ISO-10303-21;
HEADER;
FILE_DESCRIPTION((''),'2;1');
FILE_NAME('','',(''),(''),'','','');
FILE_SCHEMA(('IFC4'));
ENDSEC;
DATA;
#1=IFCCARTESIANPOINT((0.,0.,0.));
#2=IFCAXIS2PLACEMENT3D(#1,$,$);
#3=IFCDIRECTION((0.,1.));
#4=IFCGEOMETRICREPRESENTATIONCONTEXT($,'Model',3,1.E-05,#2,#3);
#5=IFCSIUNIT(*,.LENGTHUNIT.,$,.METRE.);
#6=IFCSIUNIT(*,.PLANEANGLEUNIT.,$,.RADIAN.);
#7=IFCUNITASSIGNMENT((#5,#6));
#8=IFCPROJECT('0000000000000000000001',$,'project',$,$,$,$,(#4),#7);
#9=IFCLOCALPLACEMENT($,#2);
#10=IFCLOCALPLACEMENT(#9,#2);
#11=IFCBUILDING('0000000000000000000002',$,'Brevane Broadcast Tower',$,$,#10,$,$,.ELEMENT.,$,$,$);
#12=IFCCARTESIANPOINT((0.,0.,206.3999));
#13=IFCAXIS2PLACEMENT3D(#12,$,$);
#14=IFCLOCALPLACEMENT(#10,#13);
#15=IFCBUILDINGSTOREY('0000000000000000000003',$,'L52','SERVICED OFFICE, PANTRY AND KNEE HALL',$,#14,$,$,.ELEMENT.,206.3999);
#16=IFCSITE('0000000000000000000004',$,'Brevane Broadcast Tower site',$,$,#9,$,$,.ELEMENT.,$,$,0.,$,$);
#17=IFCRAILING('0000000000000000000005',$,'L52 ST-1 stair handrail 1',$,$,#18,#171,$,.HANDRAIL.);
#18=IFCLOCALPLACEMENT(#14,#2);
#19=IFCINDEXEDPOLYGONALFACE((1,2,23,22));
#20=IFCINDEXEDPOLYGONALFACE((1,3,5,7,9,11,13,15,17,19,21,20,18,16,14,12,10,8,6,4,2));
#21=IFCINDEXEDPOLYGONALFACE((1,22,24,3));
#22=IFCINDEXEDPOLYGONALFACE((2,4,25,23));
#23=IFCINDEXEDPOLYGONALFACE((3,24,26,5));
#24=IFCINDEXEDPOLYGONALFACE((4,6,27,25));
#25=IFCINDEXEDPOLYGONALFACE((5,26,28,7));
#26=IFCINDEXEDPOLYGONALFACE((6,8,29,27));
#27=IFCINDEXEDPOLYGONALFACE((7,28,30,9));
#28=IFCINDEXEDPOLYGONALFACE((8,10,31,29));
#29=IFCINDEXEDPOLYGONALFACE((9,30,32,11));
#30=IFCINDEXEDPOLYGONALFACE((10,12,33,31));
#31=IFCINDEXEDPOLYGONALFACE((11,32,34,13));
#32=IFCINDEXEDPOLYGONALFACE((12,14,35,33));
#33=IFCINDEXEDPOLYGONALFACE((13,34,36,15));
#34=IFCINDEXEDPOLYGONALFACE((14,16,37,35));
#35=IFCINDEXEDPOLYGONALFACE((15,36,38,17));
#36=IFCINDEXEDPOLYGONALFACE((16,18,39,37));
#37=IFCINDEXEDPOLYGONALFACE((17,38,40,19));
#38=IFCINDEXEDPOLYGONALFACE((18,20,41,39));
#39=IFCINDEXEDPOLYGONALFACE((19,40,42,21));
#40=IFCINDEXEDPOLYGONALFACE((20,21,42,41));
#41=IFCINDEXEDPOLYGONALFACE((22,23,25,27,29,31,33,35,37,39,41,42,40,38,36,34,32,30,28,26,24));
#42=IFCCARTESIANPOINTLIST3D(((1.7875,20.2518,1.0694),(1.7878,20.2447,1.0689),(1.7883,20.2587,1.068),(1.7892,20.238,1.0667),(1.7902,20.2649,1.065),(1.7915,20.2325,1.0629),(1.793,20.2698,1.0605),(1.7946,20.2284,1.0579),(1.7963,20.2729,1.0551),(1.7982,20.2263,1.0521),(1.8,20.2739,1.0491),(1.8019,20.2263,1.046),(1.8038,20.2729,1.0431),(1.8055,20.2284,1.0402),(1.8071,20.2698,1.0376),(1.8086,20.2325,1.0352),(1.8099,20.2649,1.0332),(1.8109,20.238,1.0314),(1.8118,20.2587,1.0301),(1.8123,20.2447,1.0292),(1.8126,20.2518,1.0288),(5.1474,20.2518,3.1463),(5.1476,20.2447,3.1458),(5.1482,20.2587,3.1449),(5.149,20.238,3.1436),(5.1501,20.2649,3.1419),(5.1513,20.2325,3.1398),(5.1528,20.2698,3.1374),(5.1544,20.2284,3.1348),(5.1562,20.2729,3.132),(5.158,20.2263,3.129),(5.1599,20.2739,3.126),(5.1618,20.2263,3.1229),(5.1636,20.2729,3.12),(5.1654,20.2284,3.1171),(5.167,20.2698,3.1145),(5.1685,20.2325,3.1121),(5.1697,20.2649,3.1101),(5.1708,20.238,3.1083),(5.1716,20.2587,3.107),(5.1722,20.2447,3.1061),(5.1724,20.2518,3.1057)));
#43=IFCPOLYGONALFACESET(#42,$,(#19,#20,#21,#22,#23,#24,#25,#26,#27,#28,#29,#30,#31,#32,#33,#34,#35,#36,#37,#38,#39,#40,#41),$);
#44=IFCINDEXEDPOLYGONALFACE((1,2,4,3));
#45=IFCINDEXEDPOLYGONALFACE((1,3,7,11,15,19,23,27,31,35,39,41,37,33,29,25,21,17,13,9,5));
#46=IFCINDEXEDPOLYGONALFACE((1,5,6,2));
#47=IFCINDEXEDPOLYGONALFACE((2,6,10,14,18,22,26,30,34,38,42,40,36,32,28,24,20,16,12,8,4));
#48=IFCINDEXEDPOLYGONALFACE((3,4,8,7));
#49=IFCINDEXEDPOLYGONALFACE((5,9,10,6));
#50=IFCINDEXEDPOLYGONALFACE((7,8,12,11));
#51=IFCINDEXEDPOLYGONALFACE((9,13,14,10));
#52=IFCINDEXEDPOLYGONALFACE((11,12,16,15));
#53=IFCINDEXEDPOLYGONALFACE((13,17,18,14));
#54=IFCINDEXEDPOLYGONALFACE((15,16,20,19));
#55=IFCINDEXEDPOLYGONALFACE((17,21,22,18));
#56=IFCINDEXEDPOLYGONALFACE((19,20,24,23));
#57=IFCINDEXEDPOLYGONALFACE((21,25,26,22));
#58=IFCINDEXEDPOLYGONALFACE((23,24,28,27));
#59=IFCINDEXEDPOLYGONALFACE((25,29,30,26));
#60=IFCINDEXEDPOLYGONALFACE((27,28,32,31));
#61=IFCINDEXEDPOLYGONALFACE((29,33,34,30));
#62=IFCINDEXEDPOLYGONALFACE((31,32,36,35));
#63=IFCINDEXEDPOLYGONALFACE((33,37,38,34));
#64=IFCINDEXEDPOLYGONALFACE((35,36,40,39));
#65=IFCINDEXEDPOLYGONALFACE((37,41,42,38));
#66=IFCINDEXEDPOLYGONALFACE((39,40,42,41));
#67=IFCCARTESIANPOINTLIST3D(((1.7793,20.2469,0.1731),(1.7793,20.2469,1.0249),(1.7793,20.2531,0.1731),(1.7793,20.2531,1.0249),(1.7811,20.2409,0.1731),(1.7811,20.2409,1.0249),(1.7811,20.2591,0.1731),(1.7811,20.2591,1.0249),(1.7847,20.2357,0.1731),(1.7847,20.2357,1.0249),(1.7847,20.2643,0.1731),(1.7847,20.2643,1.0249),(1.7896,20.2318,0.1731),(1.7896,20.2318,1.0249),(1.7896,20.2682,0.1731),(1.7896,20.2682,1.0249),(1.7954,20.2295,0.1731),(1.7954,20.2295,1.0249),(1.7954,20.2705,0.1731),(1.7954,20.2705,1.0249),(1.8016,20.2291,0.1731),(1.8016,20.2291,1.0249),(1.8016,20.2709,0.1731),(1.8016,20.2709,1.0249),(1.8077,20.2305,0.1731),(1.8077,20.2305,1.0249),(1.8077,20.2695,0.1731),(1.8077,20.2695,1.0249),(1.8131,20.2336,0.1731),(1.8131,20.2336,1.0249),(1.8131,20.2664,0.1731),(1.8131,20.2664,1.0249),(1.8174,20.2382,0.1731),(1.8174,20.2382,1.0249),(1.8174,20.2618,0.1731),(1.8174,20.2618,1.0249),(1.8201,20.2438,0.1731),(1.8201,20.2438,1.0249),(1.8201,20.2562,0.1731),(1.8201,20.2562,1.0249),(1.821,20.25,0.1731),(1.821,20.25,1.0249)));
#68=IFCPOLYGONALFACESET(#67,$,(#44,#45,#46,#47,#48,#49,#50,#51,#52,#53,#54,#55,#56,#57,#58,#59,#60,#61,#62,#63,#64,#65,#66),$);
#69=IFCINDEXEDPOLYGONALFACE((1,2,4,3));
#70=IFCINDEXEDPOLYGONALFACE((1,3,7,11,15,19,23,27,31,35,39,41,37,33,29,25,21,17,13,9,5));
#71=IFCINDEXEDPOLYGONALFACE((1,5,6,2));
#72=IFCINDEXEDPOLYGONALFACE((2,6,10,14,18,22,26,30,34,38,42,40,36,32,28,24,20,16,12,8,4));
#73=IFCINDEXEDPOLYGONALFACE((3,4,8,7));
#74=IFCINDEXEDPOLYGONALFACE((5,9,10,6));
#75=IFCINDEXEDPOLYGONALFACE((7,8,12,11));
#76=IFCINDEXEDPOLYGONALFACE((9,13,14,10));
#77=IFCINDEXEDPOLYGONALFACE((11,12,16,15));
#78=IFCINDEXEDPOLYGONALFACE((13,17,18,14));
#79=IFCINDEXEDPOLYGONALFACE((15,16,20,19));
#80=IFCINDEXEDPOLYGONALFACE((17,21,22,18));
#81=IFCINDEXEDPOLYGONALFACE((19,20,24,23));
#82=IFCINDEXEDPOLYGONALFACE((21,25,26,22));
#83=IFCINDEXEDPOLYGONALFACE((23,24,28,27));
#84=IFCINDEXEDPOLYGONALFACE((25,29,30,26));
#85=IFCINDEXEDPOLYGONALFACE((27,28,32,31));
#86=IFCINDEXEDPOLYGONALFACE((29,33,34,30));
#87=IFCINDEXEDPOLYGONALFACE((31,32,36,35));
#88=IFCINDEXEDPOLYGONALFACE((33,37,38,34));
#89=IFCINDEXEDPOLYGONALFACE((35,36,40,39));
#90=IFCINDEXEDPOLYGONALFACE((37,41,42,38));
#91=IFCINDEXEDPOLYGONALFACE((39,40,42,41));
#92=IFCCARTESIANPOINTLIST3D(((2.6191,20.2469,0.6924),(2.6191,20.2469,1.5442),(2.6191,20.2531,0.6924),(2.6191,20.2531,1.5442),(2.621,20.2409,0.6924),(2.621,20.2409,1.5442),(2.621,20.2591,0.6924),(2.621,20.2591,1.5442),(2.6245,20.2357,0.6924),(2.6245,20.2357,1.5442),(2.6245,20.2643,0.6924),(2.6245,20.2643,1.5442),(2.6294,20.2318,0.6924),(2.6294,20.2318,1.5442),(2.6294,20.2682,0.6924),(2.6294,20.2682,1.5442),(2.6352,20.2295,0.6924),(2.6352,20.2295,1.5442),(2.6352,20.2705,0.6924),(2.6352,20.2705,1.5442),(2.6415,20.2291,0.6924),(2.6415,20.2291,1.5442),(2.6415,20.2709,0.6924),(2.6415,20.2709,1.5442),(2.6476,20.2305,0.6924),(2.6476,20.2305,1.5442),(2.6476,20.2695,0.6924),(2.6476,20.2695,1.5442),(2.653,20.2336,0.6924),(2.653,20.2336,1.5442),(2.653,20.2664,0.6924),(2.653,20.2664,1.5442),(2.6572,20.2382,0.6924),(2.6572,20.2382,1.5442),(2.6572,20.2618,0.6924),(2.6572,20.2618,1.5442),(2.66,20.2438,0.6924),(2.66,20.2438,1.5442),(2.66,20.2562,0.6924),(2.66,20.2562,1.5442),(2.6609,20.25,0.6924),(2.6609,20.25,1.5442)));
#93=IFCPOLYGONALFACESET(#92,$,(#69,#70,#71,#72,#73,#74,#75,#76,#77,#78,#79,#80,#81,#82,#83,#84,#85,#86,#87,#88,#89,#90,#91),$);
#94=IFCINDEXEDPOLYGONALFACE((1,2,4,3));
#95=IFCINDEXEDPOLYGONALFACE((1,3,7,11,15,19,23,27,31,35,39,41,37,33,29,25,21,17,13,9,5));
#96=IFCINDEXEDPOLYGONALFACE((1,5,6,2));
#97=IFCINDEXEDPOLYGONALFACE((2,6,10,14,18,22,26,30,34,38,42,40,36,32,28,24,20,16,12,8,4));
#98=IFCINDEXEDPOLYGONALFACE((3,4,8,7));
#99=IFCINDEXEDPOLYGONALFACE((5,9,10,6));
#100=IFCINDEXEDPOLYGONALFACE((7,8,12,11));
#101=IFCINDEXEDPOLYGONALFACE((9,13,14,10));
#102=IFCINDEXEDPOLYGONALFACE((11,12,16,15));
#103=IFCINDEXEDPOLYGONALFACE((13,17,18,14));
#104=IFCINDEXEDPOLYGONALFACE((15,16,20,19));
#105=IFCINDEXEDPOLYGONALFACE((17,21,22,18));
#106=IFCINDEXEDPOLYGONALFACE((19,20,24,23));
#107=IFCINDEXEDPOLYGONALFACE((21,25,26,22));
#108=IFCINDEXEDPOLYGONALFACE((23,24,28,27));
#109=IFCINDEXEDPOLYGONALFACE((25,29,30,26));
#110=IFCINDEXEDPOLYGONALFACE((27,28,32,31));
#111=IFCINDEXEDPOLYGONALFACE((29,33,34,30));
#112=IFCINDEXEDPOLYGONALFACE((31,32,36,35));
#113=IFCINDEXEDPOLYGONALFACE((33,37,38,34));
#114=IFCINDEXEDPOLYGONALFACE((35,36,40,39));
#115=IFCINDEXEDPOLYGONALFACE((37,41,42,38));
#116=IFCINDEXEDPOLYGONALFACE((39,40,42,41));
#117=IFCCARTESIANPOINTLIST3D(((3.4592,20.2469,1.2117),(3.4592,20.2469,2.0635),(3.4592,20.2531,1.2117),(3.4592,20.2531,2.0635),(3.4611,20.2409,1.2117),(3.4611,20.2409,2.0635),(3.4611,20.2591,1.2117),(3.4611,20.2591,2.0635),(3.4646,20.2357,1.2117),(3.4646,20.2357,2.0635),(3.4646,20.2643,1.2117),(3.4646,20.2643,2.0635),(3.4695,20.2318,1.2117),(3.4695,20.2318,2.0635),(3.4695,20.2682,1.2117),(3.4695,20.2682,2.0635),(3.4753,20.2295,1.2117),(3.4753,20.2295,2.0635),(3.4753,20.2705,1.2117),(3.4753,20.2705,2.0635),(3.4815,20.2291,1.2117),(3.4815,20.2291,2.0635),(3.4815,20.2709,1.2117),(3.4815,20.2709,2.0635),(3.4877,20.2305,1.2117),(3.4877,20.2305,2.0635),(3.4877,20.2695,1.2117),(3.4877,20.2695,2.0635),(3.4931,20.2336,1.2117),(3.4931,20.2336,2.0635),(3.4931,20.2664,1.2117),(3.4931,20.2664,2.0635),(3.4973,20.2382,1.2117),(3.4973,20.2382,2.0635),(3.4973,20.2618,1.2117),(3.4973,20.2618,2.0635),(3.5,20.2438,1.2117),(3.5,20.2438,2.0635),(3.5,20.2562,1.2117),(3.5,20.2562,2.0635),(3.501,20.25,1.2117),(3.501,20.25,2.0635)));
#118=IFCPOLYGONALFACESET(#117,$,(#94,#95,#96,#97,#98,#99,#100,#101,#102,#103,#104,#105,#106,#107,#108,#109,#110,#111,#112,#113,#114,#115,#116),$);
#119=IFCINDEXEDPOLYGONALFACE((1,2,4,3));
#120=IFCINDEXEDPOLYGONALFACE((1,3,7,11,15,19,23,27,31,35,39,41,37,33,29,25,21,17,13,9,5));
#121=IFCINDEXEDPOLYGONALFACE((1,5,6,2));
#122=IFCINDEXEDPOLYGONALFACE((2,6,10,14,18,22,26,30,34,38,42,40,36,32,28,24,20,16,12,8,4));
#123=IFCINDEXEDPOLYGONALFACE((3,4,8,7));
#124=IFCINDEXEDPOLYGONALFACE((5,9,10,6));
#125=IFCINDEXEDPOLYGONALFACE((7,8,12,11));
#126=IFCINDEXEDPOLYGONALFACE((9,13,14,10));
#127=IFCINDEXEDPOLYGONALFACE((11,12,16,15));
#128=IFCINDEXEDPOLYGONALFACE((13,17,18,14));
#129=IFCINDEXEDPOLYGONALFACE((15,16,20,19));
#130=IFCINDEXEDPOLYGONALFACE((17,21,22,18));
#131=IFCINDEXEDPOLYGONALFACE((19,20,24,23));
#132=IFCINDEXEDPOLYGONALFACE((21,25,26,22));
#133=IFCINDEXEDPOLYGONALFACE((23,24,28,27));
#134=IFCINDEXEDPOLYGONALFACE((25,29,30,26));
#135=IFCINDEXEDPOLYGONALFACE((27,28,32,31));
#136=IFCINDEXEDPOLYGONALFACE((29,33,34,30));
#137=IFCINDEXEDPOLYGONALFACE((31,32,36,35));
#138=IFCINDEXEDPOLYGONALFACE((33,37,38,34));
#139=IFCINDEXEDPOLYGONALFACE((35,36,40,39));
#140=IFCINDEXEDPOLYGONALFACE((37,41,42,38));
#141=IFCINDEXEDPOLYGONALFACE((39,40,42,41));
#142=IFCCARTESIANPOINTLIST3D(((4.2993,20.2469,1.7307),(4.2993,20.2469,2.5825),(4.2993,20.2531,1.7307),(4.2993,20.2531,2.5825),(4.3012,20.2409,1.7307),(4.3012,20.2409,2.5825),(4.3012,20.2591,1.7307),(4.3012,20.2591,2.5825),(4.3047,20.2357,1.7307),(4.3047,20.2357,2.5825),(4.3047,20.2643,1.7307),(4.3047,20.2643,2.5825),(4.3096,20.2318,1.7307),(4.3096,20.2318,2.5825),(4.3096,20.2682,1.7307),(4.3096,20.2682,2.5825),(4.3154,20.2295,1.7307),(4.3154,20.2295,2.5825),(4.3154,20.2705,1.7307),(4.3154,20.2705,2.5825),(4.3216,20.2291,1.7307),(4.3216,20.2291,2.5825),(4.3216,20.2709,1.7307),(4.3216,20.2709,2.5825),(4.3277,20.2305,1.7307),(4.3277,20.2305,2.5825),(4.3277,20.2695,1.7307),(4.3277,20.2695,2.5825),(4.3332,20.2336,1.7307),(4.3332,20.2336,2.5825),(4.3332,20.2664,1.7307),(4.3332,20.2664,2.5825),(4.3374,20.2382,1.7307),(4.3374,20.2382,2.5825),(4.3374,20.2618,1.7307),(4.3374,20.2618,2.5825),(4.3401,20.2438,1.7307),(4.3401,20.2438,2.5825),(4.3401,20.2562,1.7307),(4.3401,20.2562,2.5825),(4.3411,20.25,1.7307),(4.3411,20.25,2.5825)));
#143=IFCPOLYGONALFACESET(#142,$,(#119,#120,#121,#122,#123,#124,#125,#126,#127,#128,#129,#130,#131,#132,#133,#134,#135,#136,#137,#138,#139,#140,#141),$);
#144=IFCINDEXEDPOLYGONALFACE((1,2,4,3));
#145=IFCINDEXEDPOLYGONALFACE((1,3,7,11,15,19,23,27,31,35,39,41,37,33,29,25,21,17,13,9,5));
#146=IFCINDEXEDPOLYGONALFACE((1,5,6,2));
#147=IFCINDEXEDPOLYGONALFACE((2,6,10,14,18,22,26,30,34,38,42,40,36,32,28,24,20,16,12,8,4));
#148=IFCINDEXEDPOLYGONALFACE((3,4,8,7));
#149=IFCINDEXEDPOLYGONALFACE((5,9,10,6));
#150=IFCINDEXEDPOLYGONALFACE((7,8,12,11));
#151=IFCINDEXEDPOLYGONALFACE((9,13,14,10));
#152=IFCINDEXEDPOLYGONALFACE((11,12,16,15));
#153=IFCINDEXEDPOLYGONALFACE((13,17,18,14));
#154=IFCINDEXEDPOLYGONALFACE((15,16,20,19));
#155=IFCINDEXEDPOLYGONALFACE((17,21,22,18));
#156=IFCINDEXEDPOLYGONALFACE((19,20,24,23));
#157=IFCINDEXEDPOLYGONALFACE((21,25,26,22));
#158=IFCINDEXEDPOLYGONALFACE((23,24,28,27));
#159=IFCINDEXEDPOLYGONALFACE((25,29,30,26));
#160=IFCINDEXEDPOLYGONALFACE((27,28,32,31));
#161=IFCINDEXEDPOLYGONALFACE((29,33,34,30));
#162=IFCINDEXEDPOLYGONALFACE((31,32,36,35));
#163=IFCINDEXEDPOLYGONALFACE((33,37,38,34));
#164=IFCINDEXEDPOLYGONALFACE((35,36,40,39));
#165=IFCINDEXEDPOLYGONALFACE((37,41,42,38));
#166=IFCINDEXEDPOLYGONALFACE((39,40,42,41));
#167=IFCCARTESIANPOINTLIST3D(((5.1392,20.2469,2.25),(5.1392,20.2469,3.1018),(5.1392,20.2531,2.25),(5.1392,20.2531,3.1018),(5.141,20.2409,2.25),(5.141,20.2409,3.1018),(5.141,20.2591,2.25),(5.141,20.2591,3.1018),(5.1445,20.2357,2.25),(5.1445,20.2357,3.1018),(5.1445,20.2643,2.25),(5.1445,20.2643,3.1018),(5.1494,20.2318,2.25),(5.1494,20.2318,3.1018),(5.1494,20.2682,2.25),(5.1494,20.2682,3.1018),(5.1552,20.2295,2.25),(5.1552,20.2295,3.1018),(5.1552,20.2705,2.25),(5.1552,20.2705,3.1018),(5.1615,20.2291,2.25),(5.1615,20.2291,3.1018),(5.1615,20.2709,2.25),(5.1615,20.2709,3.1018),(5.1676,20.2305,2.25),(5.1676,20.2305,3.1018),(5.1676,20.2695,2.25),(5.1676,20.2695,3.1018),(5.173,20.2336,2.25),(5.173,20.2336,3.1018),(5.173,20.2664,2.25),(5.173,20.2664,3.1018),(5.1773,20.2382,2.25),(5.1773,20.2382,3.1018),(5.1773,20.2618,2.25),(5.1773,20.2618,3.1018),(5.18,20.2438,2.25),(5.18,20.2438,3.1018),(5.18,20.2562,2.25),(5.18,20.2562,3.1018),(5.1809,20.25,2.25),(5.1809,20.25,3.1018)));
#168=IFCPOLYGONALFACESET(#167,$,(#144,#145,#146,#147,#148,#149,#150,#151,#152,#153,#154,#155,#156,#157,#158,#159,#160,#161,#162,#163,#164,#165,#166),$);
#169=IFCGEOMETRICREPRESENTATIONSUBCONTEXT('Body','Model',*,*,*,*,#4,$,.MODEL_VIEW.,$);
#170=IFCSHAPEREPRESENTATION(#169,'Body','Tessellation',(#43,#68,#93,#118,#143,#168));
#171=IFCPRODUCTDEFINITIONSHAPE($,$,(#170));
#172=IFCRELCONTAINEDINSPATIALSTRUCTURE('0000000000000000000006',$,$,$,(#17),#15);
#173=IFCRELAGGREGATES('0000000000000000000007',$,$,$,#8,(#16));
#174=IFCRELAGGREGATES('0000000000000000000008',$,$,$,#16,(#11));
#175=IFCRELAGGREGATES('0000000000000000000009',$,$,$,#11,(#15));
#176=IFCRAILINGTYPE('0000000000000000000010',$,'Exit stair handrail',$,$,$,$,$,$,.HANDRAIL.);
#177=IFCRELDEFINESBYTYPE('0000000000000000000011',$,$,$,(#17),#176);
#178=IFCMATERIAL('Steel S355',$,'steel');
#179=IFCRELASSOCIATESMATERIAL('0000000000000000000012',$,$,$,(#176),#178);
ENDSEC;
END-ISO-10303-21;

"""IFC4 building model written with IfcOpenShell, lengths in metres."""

from ifc_helpers import new_model, si_unit, direction, frame, origin, origin_2d, place, context, subcontext, project, spatial, circle, extrude, material, type_object, element, save


model = new_model("IFC4")

# Units and contexts
model_context = context("Model", 3, precision=1e-05, world=origin(), true_north=direction((0.0, 1.0)))
body_context = subcontext(model_context, "Body", "Model", "MODEL_VIEW")
ifc_project = project(units=[si_unit("LENGTHUNIT", "METRE"), si_unit("PLANEANGLEUNIT", "RADIAN")], contexts=[model_context])

# Site, building, storey
site_placement = place(None, origin())
site = spatial("IfcSite", under=ifc_project, at=site_placement, Name="Brevane Broadcast Tower site", CompositionType="ELEMENT", RefElevation=0.0)
building_placement = place(site_placement, origin())
building = spatial("IfcBuilding", under=site, at=building_placement, Name="Brevane Broadcast Tower", CompositionType="ELEMENT")
storey_placement = place(building_placement, frame((0.0, 0.0, 206.3999)))
storey = spatial("IfcBuildingStorey", under=building, at=storey_placement, Name="L52", Description="SERVICED OFFICE, PANTRY AND KNEE HALL", CompositionType="ELEMENT", Elevation=206.3999)

# Railing
ifc_material_1 = material(Name="Steel S355", Category="steel")
railing_type_1 = type_object("IfcRailingType", Name="Exit stair handrail", PredefinedType="HANDRAIL", material=ifc_material_1)
railing_1_placement = place(storey_placement, frame((1.8, 20.25, 0.1731)))
element("IfcRailing", 1, at=railing_1_placement, inside=storey, type_object=railing_type_1, Name="L52 ST-1 stair handrail 1", PredefinedType="HANDRAIL", context=body_context, shape_type="SweptSolid", body=[
    extrude(circle(Radius=0.0239, at=origin_2d()), frame((0.0, 0.0, 0.876), z_axis=(0.850606, 0.0, 0.525803), x_axis=(0.0, 1.0, 0.0)), (0.0, 0.0, 1.0), 3.95),
    extrude(circle(Radius=0.021, at=origin_2d()), origin(), (0.0, 0.0, 1.0), 0.8518),
    extrude(circle(Radius=0.021, at=origin_2d()), frame((0.8398, 0.0, 0.5193)), (0.0, 0.0, 1.0), 0.8518),
    extrude(circle(Radius=0.021, at=origin_2d()), frame((1.6799, 0.0, 1.0386)), (0.0, 0.0, 1.0), 0.8518),
    extrude(circle(Radius=0.021, at=origin_2d()), frame((2.52, 0.0, 1.5576)), (0.0, 0.0, 1.0), 0.8518),
    extrude(circle(Radius=0.021, at=origin_2d()), frame((3.3599, 0.0, 2.0769)), (0.0, 0.0, 1.0), 0.8518),
])

save(model, "model.ifc")
